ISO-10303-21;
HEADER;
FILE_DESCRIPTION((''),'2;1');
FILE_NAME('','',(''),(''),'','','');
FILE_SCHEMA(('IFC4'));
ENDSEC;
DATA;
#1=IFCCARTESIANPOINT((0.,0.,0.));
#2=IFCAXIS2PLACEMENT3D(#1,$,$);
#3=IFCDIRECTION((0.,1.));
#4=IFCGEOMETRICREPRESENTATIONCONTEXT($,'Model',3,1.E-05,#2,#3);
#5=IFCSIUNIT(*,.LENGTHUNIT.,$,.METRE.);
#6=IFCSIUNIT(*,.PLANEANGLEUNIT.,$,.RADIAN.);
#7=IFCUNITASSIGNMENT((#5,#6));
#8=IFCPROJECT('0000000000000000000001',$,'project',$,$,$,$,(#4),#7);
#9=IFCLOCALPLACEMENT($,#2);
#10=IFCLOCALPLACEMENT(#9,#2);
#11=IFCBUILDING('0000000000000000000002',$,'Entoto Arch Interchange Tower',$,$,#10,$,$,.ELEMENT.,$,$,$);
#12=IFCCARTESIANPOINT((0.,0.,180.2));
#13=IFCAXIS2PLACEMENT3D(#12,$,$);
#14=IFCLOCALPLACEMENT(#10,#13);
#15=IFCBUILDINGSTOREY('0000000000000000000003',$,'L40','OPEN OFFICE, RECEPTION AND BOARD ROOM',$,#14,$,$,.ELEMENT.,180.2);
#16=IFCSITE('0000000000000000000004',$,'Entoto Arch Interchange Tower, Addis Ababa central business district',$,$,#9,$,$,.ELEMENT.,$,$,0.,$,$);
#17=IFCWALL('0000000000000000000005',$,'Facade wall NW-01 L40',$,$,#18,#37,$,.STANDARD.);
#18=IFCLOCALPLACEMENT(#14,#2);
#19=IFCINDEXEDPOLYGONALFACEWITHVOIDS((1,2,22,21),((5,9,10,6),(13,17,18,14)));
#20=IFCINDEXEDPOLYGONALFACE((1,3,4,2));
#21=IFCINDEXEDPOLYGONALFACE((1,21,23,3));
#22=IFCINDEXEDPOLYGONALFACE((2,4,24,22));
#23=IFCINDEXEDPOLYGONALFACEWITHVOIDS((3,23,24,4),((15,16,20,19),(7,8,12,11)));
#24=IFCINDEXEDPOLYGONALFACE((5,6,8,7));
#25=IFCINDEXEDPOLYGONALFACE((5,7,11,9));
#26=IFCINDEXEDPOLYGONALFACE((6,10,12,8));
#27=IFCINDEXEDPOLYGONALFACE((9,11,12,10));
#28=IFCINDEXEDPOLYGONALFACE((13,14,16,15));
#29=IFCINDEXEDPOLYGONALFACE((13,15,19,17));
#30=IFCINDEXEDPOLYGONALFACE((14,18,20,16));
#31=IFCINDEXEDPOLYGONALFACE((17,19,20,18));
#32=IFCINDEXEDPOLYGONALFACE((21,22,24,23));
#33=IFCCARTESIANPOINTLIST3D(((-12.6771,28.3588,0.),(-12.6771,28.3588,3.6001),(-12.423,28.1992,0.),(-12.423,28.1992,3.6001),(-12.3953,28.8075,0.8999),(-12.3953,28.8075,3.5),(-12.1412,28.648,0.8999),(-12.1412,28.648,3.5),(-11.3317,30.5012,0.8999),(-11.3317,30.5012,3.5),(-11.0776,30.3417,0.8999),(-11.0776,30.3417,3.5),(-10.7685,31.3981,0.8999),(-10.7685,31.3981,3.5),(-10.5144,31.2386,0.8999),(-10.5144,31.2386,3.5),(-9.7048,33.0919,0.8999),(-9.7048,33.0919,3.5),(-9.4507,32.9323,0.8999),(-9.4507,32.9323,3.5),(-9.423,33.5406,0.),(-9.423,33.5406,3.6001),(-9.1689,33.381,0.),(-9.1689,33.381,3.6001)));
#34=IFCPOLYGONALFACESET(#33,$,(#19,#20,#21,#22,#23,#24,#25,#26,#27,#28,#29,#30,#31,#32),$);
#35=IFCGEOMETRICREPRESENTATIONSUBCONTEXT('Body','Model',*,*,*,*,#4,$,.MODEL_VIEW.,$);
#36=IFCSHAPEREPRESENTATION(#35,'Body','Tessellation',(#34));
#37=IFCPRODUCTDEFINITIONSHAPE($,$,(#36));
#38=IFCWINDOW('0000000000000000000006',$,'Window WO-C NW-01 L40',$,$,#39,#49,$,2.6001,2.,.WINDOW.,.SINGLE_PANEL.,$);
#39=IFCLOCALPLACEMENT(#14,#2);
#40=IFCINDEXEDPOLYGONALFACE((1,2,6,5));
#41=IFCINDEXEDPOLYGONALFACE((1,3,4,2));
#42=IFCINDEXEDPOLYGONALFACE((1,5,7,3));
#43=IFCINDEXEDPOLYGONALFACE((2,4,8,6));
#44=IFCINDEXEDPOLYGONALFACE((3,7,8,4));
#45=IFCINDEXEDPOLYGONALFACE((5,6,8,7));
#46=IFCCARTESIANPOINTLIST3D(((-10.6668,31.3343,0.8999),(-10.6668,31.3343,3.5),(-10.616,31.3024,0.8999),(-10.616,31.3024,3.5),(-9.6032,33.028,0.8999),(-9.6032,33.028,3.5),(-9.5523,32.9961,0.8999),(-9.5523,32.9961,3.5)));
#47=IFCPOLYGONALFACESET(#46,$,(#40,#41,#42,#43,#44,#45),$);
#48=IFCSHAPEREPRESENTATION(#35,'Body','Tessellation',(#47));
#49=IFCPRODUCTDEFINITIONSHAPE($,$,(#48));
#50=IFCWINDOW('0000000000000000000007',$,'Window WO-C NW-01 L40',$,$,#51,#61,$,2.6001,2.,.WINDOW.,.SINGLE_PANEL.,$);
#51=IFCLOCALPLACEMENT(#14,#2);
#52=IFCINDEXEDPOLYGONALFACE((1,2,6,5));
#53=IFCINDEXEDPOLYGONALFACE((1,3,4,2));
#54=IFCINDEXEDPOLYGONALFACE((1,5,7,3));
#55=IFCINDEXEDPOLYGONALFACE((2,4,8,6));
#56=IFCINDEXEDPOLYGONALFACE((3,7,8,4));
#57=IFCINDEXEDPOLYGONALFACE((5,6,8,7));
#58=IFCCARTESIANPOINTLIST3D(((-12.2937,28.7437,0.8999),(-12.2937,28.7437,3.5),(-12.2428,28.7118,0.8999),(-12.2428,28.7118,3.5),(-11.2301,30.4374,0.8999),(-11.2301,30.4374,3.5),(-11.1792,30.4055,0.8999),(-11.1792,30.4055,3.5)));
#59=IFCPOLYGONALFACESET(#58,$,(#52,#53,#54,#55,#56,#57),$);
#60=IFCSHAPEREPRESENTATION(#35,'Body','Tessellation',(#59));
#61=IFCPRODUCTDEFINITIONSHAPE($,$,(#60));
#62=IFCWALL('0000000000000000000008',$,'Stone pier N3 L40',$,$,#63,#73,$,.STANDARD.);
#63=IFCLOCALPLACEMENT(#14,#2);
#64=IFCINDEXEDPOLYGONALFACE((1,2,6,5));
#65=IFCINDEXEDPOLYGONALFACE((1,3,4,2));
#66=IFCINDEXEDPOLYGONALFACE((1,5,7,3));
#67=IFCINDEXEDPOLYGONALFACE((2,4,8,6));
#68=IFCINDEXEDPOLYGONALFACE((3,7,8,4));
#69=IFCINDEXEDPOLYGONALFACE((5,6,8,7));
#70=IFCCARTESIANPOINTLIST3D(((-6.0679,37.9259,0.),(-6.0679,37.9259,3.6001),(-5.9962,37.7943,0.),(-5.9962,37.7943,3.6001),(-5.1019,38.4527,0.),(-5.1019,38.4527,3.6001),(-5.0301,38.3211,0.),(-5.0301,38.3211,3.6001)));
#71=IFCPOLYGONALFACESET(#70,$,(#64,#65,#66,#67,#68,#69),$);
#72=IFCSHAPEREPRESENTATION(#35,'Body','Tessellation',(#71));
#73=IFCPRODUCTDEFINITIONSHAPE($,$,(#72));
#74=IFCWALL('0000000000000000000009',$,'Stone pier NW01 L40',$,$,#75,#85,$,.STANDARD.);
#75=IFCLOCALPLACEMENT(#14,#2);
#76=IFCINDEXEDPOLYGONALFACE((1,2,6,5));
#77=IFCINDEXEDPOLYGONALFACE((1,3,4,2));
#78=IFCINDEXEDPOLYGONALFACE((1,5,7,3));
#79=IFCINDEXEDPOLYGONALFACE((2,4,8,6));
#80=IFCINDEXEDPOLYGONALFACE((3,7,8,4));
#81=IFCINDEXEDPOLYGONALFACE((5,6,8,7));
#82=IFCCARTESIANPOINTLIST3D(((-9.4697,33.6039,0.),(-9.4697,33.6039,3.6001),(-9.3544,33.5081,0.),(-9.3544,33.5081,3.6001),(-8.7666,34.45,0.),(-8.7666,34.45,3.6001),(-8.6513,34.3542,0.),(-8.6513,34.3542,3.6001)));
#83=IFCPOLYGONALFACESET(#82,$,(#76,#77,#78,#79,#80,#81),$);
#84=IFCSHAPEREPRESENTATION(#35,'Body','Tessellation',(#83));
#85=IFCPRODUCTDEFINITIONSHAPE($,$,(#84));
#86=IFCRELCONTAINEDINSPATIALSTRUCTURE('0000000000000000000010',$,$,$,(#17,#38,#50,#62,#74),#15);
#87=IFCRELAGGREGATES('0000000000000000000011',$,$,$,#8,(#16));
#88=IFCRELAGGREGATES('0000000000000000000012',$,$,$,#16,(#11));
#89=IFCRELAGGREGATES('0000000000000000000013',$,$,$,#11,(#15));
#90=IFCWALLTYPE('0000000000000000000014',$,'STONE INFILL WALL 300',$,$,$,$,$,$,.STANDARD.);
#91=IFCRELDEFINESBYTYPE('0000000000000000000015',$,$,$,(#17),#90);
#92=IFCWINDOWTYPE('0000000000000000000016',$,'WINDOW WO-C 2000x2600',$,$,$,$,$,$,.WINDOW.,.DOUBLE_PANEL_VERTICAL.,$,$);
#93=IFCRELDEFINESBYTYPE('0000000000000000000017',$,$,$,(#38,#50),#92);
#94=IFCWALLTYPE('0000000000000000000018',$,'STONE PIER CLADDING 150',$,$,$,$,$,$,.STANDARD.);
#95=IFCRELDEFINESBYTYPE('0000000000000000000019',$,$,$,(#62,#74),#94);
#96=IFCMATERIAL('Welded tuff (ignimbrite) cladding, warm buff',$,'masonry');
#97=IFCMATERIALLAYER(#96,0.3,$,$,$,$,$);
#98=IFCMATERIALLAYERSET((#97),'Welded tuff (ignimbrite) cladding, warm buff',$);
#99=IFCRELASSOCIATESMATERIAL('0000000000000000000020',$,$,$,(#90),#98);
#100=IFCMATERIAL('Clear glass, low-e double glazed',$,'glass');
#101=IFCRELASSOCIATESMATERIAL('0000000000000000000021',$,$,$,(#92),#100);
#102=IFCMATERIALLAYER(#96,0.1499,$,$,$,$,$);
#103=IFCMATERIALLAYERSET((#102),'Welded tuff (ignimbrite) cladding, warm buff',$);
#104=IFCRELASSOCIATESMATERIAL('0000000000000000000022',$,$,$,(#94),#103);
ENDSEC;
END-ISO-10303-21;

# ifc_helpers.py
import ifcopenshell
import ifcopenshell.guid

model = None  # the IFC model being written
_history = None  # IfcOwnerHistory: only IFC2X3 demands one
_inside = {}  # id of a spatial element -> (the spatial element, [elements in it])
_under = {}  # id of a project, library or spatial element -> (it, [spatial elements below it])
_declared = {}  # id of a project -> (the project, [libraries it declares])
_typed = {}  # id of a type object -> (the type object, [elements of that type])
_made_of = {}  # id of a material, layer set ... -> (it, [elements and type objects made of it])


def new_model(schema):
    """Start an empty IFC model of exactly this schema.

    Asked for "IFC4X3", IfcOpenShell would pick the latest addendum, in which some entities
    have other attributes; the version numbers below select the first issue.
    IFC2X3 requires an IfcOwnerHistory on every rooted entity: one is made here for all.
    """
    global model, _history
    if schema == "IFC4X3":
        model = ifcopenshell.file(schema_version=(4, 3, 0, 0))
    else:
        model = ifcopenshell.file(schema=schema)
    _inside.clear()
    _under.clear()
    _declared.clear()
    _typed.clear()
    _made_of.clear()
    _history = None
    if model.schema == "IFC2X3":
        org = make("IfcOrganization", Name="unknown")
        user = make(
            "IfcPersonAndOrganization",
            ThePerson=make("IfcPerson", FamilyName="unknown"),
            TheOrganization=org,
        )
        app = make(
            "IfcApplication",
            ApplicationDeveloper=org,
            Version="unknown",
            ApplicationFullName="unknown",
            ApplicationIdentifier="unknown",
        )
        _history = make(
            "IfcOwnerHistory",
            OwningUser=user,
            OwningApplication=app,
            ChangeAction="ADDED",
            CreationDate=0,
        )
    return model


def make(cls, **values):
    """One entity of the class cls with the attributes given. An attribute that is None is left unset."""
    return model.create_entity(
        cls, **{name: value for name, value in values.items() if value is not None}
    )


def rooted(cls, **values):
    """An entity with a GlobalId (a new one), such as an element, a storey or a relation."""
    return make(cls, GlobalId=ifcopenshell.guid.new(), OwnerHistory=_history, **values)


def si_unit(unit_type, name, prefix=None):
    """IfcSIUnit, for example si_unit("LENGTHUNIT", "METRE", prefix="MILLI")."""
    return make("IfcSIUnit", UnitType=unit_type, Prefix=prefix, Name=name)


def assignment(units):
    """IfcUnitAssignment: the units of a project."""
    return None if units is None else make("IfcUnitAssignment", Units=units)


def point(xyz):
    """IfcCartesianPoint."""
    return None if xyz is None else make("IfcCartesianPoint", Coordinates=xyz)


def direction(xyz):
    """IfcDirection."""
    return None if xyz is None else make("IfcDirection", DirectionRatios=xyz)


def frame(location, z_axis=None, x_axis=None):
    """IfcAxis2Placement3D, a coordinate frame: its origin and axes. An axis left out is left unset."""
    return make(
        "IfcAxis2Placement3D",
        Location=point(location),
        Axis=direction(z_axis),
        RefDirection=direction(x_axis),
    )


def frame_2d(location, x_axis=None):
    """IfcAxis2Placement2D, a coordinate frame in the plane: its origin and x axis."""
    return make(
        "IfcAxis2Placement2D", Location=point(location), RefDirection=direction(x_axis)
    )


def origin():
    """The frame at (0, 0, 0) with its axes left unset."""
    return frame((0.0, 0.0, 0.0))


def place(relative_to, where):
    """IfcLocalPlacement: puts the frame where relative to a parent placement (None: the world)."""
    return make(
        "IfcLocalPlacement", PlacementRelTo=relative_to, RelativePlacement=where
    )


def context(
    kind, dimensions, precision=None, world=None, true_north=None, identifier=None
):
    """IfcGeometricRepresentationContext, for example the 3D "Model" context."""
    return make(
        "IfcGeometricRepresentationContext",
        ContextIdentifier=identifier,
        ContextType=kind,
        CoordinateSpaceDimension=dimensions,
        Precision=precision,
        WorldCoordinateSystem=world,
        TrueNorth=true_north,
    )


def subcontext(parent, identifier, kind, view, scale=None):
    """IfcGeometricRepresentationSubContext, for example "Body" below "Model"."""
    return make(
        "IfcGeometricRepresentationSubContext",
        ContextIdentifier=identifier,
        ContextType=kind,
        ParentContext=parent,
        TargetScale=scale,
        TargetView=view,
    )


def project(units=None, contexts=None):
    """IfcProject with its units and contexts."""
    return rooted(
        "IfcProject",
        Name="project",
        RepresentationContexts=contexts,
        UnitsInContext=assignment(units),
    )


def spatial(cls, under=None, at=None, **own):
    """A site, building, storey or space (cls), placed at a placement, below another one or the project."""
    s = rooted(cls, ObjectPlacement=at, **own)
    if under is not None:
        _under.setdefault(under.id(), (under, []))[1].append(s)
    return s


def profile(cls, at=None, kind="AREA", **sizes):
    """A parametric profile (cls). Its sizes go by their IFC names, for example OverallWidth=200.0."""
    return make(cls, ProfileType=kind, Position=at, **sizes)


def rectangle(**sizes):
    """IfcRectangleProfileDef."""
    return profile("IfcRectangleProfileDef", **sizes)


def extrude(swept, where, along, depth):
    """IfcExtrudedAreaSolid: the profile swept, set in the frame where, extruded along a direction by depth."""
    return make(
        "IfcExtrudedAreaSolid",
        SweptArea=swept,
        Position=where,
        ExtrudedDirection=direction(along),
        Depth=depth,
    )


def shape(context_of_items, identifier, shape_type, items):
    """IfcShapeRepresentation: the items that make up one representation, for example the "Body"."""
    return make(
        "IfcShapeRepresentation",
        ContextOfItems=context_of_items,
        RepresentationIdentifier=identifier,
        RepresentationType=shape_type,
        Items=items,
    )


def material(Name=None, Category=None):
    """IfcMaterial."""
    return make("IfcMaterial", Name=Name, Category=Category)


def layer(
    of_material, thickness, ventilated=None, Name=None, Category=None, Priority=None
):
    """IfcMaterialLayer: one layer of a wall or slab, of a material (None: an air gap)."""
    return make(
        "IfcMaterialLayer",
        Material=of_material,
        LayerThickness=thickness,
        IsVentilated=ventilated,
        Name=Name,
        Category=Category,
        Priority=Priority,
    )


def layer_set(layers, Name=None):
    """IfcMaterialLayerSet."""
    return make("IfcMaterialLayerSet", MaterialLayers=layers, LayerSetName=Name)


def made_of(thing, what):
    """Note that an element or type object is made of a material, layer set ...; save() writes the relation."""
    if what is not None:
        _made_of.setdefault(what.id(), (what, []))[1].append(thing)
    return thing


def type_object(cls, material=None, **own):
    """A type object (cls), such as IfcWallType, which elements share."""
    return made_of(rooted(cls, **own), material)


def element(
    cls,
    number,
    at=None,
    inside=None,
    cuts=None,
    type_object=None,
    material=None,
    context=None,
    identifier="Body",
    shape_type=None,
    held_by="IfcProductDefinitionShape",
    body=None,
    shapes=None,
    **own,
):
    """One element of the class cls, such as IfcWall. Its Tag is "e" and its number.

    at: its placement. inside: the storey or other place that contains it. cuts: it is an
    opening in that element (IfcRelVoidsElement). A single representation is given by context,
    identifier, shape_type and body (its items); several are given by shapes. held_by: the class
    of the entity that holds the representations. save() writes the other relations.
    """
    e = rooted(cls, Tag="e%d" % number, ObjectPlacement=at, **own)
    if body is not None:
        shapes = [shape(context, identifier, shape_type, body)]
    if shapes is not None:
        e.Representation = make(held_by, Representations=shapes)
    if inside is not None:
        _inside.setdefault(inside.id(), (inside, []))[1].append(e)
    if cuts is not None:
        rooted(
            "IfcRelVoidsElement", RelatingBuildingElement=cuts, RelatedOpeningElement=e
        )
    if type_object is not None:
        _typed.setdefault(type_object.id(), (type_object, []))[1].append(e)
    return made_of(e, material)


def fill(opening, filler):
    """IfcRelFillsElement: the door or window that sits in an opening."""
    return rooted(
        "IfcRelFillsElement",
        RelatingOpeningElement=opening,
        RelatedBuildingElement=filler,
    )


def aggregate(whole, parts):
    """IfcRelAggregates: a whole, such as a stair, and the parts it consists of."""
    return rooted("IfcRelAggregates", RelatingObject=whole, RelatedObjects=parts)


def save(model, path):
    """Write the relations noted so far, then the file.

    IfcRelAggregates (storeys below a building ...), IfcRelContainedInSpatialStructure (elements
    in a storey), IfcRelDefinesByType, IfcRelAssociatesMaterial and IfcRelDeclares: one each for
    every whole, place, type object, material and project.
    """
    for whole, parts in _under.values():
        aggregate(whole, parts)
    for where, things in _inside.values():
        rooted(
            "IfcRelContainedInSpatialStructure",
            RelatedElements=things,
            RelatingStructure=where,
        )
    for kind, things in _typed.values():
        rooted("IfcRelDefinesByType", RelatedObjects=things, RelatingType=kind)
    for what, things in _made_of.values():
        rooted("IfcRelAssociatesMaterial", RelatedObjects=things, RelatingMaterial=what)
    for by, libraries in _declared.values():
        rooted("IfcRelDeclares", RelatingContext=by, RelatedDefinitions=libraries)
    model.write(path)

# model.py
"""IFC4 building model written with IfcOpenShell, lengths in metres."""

from ifc_helpers import new_model, si_unit, direction, frame, frame_2d, origin, place, context, subcontext, project, spatial, rectangle, extrude, material, layer, layer_set, type_object, element, fill, save


model = new_model("IFC4")

# Units and contexts
model_context = context("Model", 3, precision=1e-05, world=origin(), true_north=direction((0.0, 1.0)))
body_context = subcontext(model_context, "Body", "Model", "MODEL_VIEW")
ifc_project = project(units=[si_unit("LENGTHUNIT", "METRE"), si_unit("PLANEANGLEUNIT", "RADIAN")], contexts=[model_context])

# Site, building, storey
site_placement = place(None, origin())
site = spatial("IfcSite", under=ifc_project, at=site_placement, Name="Entoto Arch Interchange Tower, Addis Ababa central business district", CompositionType="ELEMENT", RefElevation=0.0)
building_placement = place(site_placement, origin())
building = spatial("IfcBuilding", under=site, at=building_placement, Name="Entoto Arch Interchange Tower", CompositionType="ELEMENT")
storey_placement = place(building_placement, frame((0.0, 0.0, 180.2)))
storey = spatial("IfcBuildingStorey", under=building, at=storey_placement, Name="L40", Description="OPEN OFFICE, RECEPTION AND BOARD ROOM", CompositionType="ELEMENT", Elevation=180.2)

# Shared definitions
ifc_material_1 = material(Name="Welded tuff (ignimbrite) cladding, warm buff", Category="masonry")
ifc_layer_1 = layer(ifc_material_1, 0.3)
ifc_layer_set_1 = layer_set([ifc_layer_1], Name="Welded tuff (ignimbrite) cladding, warm buff")
wall_type_1 = type_object("IfcWallType", Name="STONE INFILL WALL 300", PredefinedType="STANDARD", material=ifc_layer_set_1)
ifc_material_2 = material(Name="Clear glass, low-e double glazed", Category="glass")

# Wall, openings, windows
wall_1_placement = place(storey_placement, frame((-9.2959, 33.4609, 0.0), z_axis=(0.0, 0.0, 1.0), x_axis=(-0.531816, -0.84686, 0.0)))
wall_1 = element("IfcWall", 1, at=wall_1_placement, inside=storey, type_object=wall_type_1, Name="Facade wall NW-01 L40", PredefinedType="STANDARD", context=body_context, shape_type="SweptSolid", body=[
    extrude(rectangle(XDim=6.1189, YDim=0.3, at=frame_2d((3.0596, 0.0))), origin(), (0.0, 0.0, 1.0), 3.6001),
])
opening_1_placement = place(wall_1_placement, frame((0.53, 0.0, 0.8999)))
opening_1 = element("IfcOpeningElement", 2, at=opening_1_placement, cuts=wall_1, PredefinedType="OPENING", context=body_context, shape_type="SweptSolid", body=[
    extrude(rectangle(XDim=2.0, YDim=2.6001, at=frame_2d((1.0, 1.3))), frame((0.0, 0.1602, 0.0), z_axis=(0.0, -1.0, 0.0), x_axis=(1.0, 0.0, 0.0)), (0.0, 0.0, 1.0), 0.3201),
])
opening_2_placement = place(wall_1_placement, frame((3.5891, 0.0, 0.8999)))
opening_2 = element("IfcOpeningElement", 3, at=opening_2_placement, cuts=wall_1, PredefinedType="OPENING", context=body_context, shape_type="SweptSolid", body=[
    extrude(rectangle(XDim=2.0, YDim=2.6001, at=frame_2d((1.0, 1.3))), frame((0.0, 0.1602, 0.0), z_axis=(0.0, -1.0, 0.0), x_axis=(1.0, 0.0, 0.0)), (0.0, 0.0, 1.0), 0.3201),
])
window_type_1 = type_object("IfcWindowType", Name="WINDOW WO-C 2000x2600", PartitioningType="DOUBLE_PANEL_VERTICAL", PredefinedType="WINDOW", material=ifc_material_2)
window_1_placement = place(opening_1_placement, origin())
window_1 = element("IfcWindow", 4, at=window_1_placement, inside=storey, type_object=window_type_1, Name="Window WO-C NW-01 L40", OverallHeight=2.6001, OverallWidth=2.0, PartitioningType="SINGLE_PANEL", PredefinedType="WINDOW", context=body_context, shape_type="SweptSolid", body=[
    extrude(rectangle(XDim=2.0, YDim=2.6001, at=frame_2d((1.0, 1.3))), frame((0.0, 0.03, 0.0), z_axis=(0.0, -1.0, 0.0), x_axis=(1.0, 0.0, 0.0)), (0.0, 0.0, 1.0), 0.0601),
])
fill(opening_1, window_1)
window_2_placement = place(opening_2_placement, origin())
window_2 = element("IfcWindow", 5, at=window_2_placement, inside=storey, type_object=window_type_1, Name="Window WO-C NW-01 L40", OverallHeight=2.6001, OverallWidth=2.0, PartitioningType="SINGLE_PANEL", PredefinedType="WINDOW", context=body_context, shape_type="SweptSolid", body=[
    extrude(rectangle(XDim=2.0, YDim=2.6001, at=frame_2d((1.0, 1.3))), frame((0.0, 0.03, 0.0), z_axis=(0.0, -1.0, 0.0), x_axis=(1.0, 0.0, 0.0)), (0.0, 0.0, 1.0), 0.0601),
])
fill(opening_2, window_2)

# Walls
ifc_layer_2 = layer(ifc_material_1, 0.1499)
ifc_layer_set_2 = layer_set([ifc_layer_2], Name="Welded tuff (ignimbrite) cladding, warm buff")
wall_type_2 = type_object("IfcWallType", Name="STONE PIER CLADDING 150", PredefinedType="STANDARD", material=ifc_layer_set_2)
wall_2_placement = place(storey_placement, frame((-5.0659, 38.387, 0.0), z_axis=(0.0, 0.0, 1.0), x_axis=(-0.877929, -0.47879, 0.0)))
element("IfcWall", 6, at=wall_2_placement, inside=storey, type_object=wall_type_2, Name="Stone pier N3 L40", PredefinedType="STANDARD", context=body_context, shape_type="SweptSolid", body=[
    extrude(rectangle(XDim=1.1003, YDim=0.1499, at=frame_2d((0.5503, 0.0))), origin(), (0.0, 0.0, 1.0), 3.6001),
])
wall_3_placement = place(storey_placement, frame((-8.709, 34.4021, 0.0), z_axis=(0.0, 0.0, 1.0), x_axis=(-0.639092, -0.76913, 0.0)))
element("IfcWall", 7, at=wall_3_placement, inside=storey, type_object=wall_type_2, Name="Stone pier NW01 L40", PredefinedType="STANDARD", context=body_context, shape_type="SweptSolid", body=[
    extrude(rectangle(XDim=1.1001, YDim=0.1499, at=frame_2d((0.55, 0.0))), origin(), (0.0, 0.0, 1.0), 3.6001),
])

save(model, "model.ifc")
